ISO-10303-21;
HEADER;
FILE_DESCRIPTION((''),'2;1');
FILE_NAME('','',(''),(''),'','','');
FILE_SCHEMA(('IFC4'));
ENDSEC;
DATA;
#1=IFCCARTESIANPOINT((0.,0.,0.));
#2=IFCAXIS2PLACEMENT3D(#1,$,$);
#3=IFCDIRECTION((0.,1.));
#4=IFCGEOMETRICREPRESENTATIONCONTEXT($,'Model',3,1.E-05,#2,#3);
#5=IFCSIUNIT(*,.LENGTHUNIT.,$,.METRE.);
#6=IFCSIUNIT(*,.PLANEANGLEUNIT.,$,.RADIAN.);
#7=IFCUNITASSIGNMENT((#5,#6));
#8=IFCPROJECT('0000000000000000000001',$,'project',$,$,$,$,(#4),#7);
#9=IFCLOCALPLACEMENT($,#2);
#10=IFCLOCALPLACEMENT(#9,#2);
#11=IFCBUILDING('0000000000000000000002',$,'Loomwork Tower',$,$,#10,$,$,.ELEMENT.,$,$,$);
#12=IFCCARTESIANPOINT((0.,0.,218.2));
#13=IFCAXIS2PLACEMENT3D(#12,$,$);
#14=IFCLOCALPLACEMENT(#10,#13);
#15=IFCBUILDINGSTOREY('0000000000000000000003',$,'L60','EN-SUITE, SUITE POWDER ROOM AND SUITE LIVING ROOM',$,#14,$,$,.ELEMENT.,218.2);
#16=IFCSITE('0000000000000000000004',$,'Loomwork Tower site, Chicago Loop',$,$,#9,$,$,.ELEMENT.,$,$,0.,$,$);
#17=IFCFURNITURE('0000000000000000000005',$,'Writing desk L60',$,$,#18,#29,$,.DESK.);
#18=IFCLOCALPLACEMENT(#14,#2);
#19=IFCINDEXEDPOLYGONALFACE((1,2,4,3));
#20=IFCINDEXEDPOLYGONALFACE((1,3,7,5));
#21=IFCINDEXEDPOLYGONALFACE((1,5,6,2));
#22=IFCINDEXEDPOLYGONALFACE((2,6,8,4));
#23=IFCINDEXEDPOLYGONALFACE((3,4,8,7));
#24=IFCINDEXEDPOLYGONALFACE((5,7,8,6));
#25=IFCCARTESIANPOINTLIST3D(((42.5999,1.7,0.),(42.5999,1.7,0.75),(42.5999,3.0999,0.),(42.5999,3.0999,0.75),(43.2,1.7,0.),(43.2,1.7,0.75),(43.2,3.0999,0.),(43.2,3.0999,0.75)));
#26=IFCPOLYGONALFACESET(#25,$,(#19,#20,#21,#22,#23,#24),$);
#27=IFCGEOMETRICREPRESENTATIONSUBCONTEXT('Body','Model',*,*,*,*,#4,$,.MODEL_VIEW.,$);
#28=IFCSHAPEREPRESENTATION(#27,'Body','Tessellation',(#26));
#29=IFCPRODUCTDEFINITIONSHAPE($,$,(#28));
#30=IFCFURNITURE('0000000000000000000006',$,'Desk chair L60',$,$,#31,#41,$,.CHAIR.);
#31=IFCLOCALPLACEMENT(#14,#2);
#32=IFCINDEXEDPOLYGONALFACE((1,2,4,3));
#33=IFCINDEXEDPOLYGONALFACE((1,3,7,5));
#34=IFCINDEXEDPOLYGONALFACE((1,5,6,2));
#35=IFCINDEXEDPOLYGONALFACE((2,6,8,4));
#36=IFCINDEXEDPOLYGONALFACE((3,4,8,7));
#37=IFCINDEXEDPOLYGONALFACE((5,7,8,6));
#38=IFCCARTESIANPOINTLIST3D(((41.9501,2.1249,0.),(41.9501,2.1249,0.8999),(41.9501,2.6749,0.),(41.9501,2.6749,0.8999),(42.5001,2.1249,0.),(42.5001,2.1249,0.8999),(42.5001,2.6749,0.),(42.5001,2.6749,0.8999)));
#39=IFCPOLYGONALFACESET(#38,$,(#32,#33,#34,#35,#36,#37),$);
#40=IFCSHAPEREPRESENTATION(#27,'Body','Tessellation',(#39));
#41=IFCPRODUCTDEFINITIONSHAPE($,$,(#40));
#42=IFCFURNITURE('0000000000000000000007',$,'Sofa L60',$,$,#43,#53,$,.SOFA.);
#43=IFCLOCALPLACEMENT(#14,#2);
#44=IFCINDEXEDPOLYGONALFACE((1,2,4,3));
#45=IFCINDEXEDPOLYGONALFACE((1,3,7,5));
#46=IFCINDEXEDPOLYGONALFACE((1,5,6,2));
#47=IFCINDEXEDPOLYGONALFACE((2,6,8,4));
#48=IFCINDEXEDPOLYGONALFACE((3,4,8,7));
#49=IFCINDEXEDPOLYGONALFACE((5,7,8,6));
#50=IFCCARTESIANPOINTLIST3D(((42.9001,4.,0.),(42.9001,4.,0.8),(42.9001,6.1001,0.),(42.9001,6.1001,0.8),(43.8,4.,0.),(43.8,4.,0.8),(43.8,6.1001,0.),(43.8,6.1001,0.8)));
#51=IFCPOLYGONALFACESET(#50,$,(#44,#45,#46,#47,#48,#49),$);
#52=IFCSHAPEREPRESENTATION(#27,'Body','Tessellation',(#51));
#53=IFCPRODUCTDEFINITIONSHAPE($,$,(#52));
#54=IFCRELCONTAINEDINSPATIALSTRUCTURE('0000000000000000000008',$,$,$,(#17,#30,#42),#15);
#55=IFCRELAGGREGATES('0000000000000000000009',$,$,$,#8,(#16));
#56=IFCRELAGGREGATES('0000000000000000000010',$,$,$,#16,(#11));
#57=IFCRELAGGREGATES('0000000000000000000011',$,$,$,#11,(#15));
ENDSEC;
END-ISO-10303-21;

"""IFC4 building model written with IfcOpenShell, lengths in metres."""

from ifc_helpers import new_model, si_unit, direction, frame, origin, origin_2d, place, context, subcontext, project, spatial, rectangle, extrude, element, save


model = new_model("IFC4")

# Units and contexts
model_context = context("Model", 3, precision=1e-05, world=origin(), true_north=direction((0.0, 1.0)))
body_context = subcontext(model_context, "Body", "Model", "MODEL_VIEW")
ifc_project = project(units=[si_unit("LENGTHUNIT", "METRE"), si_unit("PLANEANGLEUNIT", "RADIAN")], contexts=[model_context])

# Site, building, storey
site_placement = place(None, origin())
site = spatial("IfcSite", under=ifc_project, at=site_placement, Name="Loomwork Tower site, Chicago Loop", CompositionType="ELEMENT", RefElevation=0.0)
building_placement = place(site_placement, origin())
building = spatial("IfcBuilding", under=site, at=building_placement, Name="Loomwork Tower", CompositionType="ELEMENT")
storey_placement = place(building_placement, frame((0.0, 0.0, 218.2)))
storey = spatial("IfcBuildingStorey", under=building, at=storey_placement, Name="L60", Description="EN-SUITE, SUITE POWDER ROOM AND SUITE LIVING ROOM", CompositionType="ELEMENT", Elevation=218.2)

# Furniture
furniture_1_placement = place(storey_placement, frame((42.8999, 2.3999, 0.0), z_axis=(0.0, 0.0, 1.0), x_axis=(1.0, 0.0, 0.0)))
element("IfcFurniture", 1, at=furniture_1_placement, inside=storey, Name="Writing desk L60", PredefinedType="DESK", context=body_context, shape_type="SweptSolid", body=[
    extrude(rectangle(XDim=0.6001, YDim=1.3999, at=origin_2d()), origin(), (0.0, 0.0, 1.0), 0.75),
])
furniture_2_placement = place(storey_placement, frame((42.2251, 2.3999, 0.0), z_axis=(0.0, 0.0, 1.0), x_axis=(1.0, 0.0, 0.0)))
element("IfcFurniture", 2, at=furniture_2_placement, inside=storey, Name="Desk chair L60", PredefinedType="CHAIR", context=body_context, shape_type="SweptSolid", body=[
    extrude(rectangle(XDim=0.55, YDim=0.55, at=origin_2d()), origin(), (0.0, 0.0, 1.0), 0.8999),
])
furniture_3_placement = place(storey_placement, frame((43.3501, 5.05, 0.0), z_axis=(0.0, 0.0, 1.0), x_axis=(1.0, 0.0, 0.0)))
element("IfcFurniture", 3, at=furniture_3_placement, inside=storey, Name="Sofa L60", PredefinedType="SOFA", context=body_context, shape_type="SweptSolid", body=[
    extrude(rectangle(XDim=0.8999, YDim=2.1001, at=origin_2d()), origin(), (0.0, 0.0, 1.0), 0.8),
])

save(model, "model.ifc")
